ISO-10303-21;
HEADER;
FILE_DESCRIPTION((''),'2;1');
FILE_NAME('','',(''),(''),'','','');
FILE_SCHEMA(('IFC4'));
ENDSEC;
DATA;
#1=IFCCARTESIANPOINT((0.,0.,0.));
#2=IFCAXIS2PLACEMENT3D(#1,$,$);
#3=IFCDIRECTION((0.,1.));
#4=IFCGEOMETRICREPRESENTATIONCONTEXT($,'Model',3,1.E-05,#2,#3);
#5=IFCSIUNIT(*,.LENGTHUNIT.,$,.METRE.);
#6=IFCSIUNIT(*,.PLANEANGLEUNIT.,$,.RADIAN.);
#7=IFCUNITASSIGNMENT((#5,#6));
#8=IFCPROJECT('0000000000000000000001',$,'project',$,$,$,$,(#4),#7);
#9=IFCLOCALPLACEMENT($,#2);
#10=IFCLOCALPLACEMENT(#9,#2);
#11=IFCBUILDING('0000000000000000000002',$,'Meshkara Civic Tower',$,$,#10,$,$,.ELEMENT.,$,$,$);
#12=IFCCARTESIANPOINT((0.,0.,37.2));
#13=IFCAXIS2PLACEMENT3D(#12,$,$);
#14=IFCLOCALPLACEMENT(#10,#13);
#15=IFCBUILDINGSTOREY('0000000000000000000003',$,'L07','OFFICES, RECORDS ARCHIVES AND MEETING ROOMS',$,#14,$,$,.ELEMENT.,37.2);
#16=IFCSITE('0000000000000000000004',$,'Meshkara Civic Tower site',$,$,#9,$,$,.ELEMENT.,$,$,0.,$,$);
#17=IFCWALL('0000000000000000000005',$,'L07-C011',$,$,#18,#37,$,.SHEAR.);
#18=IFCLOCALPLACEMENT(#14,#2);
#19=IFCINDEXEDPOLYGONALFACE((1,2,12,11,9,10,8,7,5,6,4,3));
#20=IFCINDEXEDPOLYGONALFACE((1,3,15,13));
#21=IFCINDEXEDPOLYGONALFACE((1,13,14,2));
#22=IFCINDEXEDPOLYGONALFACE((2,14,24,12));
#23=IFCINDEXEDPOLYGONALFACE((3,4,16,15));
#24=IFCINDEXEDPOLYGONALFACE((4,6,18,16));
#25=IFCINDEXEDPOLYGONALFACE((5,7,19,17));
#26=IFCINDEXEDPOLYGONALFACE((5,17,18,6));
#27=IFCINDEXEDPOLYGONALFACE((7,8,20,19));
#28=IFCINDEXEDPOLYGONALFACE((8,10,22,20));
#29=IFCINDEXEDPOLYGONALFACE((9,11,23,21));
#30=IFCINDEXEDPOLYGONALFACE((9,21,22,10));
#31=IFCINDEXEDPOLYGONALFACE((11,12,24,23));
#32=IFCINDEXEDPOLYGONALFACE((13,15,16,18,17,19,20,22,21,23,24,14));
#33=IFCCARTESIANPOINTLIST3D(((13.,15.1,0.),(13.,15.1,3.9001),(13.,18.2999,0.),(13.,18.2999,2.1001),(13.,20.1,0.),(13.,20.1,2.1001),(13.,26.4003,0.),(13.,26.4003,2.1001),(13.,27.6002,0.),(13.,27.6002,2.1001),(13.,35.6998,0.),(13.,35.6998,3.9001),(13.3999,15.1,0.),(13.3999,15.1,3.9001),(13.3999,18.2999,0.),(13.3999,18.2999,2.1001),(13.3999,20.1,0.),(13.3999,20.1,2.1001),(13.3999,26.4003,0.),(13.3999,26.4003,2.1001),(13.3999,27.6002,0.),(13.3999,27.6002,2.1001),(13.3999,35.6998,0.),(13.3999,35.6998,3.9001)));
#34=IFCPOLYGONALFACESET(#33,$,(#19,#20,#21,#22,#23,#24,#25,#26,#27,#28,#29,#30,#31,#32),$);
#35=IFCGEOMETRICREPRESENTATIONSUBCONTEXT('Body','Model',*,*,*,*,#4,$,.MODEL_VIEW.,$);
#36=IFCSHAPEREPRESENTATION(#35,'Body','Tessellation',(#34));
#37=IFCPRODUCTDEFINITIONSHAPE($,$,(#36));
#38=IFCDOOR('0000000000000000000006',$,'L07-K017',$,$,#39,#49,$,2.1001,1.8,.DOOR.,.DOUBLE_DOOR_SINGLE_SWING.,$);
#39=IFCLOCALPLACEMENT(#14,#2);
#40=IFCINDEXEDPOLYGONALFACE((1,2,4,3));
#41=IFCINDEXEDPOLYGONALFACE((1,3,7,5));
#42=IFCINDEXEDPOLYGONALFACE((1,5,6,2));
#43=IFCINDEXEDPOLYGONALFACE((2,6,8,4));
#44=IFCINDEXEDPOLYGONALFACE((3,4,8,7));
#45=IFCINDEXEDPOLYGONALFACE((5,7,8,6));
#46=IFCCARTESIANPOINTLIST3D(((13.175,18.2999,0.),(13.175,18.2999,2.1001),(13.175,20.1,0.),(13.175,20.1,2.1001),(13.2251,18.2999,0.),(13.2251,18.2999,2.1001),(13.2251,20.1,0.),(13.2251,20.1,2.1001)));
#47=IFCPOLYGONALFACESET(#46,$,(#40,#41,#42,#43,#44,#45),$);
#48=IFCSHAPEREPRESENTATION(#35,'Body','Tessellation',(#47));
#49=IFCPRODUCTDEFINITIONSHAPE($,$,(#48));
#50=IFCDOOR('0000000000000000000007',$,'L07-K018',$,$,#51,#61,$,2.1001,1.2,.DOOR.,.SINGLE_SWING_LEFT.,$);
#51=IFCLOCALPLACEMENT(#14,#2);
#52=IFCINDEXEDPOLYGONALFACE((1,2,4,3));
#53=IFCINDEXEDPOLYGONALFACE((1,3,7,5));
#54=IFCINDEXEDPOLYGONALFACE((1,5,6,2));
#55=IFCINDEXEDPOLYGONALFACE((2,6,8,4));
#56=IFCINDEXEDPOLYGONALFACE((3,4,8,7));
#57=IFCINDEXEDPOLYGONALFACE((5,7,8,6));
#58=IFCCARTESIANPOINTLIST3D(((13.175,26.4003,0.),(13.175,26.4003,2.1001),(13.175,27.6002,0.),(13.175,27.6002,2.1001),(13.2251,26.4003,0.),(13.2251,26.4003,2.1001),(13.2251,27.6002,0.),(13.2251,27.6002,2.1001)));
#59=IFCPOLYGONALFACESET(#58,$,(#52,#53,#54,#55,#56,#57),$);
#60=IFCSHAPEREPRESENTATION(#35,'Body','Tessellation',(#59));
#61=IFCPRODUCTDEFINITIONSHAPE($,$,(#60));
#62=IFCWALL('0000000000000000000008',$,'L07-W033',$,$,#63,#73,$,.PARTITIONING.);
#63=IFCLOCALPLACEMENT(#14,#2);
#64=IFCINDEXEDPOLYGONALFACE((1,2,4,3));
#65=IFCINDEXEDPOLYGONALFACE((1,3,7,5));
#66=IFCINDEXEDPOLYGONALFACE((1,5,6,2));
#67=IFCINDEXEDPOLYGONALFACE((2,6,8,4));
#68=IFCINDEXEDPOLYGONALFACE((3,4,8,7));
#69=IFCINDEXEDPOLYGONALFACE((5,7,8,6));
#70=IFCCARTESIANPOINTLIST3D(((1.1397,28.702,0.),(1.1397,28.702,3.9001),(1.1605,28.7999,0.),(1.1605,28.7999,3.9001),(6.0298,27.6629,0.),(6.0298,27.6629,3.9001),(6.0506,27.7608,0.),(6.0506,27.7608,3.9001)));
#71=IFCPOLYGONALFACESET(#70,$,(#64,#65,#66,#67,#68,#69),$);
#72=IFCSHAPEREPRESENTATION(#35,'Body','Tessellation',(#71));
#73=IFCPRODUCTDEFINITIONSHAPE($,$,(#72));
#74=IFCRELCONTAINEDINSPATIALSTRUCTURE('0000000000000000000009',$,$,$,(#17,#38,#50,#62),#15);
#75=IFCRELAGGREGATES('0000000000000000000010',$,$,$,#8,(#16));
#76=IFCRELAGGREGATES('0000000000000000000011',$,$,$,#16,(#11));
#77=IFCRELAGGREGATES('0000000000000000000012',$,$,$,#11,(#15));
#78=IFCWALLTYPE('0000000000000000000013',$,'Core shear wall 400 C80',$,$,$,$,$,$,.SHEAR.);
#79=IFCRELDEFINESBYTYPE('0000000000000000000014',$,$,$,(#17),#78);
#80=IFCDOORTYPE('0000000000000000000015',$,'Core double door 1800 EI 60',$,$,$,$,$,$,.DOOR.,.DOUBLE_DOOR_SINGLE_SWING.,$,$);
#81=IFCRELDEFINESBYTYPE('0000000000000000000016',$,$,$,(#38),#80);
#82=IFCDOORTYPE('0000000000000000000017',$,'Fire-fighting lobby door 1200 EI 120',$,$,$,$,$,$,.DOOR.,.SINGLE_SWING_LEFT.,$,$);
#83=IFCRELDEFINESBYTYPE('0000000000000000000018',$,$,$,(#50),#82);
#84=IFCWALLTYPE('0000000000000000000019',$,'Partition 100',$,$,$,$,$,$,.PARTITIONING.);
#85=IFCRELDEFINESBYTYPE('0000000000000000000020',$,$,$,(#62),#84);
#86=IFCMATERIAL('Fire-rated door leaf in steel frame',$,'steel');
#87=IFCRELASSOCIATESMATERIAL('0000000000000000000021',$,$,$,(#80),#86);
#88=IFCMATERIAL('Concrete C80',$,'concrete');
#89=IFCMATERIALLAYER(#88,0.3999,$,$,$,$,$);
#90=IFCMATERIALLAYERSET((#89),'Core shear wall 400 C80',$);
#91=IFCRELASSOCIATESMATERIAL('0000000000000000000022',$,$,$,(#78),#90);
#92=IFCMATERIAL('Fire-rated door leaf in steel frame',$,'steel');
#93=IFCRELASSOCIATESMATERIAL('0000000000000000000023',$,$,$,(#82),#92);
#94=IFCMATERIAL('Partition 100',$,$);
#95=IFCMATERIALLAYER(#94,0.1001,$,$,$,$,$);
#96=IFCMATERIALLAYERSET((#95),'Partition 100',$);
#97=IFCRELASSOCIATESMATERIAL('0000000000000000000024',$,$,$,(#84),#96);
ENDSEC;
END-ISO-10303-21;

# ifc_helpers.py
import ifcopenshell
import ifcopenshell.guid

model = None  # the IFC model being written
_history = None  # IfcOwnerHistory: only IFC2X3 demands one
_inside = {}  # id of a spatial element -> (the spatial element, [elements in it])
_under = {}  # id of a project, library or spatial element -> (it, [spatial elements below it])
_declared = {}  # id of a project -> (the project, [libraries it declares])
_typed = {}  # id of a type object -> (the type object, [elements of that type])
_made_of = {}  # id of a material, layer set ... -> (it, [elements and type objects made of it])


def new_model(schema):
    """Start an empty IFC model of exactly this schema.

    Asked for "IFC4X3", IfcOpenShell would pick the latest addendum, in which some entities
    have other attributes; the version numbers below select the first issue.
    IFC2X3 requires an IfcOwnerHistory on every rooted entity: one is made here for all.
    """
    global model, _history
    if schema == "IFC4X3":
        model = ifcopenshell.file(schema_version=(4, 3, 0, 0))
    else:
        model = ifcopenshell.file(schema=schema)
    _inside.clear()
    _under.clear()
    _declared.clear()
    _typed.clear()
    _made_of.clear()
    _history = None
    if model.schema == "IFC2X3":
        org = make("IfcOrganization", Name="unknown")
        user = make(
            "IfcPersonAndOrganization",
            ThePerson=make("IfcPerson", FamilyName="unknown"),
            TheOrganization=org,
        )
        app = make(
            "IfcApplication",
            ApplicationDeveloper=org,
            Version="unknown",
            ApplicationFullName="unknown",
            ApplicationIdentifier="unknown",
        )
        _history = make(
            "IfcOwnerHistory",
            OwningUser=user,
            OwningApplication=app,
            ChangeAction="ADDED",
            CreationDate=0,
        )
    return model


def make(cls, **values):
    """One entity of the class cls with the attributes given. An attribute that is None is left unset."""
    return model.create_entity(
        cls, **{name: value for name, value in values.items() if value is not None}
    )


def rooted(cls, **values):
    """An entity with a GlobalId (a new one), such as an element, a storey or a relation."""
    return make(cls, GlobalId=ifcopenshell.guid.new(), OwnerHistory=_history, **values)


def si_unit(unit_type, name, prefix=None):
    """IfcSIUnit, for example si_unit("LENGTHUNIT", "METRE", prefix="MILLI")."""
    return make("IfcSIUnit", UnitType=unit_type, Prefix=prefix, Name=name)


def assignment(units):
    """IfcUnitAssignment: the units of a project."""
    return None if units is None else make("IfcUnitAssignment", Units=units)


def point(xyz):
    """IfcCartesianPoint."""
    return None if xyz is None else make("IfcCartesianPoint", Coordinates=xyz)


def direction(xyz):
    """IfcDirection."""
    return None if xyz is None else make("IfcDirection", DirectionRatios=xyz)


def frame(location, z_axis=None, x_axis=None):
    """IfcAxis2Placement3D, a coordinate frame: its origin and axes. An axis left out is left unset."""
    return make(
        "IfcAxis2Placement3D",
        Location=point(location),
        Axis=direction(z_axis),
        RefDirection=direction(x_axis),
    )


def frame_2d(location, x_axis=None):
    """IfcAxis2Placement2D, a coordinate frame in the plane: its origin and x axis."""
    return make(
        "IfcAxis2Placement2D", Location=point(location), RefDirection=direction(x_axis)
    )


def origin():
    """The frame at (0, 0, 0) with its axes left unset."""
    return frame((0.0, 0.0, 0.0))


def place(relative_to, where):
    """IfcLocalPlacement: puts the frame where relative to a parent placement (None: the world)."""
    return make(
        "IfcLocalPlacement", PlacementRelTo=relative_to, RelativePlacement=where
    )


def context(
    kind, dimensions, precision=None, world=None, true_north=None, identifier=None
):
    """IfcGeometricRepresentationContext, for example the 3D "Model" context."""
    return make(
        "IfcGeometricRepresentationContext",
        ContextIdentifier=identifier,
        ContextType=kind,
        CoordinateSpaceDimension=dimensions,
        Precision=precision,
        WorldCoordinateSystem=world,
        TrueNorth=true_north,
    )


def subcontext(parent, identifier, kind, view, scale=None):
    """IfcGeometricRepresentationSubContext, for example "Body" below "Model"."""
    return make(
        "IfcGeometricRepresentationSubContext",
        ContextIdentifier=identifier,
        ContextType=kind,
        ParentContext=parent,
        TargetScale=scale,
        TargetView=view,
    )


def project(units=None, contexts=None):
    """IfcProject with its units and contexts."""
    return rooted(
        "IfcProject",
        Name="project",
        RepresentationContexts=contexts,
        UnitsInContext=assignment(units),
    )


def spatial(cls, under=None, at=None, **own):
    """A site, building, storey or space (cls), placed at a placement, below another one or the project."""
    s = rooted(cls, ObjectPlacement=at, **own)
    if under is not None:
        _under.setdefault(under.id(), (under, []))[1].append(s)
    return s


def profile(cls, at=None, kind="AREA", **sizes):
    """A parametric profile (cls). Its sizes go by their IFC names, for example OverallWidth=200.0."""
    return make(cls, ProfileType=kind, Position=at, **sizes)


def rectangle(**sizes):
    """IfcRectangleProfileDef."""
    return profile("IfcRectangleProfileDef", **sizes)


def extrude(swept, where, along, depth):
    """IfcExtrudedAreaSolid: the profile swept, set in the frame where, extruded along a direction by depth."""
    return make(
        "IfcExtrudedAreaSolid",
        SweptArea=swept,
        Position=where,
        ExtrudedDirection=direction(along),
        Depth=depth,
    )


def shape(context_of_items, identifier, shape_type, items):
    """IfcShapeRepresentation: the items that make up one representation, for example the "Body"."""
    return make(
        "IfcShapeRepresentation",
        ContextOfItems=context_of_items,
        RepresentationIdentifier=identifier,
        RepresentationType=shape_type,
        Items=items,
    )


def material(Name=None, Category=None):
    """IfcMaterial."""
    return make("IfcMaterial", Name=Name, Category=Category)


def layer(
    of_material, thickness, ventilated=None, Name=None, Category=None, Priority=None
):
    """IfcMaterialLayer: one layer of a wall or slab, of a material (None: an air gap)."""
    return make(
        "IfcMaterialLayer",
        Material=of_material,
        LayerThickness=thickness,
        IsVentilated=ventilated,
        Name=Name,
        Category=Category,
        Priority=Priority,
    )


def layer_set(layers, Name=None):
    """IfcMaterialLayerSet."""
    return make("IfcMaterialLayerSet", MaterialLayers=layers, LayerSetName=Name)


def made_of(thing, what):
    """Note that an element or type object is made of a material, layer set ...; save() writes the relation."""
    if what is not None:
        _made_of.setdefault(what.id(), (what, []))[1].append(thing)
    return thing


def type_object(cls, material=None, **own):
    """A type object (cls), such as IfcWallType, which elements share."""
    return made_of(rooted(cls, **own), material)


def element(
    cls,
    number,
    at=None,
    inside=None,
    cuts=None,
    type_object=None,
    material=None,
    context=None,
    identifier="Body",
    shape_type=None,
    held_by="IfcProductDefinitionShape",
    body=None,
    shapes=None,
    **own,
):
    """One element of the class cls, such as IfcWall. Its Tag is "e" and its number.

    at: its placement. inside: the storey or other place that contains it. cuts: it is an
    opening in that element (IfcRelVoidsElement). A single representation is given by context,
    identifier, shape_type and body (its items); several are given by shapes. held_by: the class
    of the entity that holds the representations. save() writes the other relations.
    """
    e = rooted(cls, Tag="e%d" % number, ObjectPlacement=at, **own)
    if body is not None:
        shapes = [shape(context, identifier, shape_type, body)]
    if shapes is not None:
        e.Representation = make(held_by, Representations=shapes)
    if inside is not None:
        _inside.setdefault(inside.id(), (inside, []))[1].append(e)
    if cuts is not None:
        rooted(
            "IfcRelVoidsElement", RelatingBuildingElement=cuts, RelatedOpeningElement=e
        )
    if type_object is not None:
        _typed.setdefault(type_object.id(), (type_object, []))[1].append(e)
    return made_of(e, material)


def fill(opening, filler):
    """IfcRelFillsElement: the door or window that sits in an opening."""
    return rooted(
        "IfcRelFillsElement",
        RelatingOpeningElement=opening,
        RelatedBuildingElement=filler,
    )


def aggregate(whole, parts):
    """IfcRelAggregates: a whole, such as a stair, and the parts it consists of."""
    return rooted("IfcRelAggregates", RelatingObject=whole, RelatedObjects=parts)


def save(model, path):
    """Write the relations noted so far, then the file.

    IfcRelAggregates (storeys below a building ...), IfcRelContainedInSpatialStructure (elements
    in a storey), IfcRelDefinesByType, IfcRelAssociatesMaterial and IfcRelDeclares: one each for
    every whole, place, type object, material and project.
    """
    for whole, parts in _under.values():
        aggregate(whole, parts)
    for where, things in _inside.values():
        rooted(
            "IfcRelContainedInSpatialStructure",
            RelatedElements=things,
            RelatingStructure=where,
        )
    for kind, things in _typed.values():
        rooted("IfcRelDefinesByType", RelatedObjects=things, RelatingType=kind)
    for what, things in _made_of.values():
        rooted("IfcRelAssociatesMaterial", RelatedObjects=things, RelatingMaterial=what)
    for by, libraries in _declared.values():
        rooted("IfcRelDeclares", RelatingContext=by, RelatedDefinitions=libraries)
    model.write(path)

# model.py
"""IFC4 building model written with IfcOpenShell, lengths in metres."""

from ifc_helpers import new_model, si_unit, direction, frame, frame_2d, origin, place, context, subcontext, project, spatial, rectangle, extrude, material, layer, layer_set, type_object, element, fill, save


model = new_model("IFC4")

# Units and contexts
model_context = context("Model", 3, precision=1e-05, world=origin(), true_north=direction((0.0, 1.0)))
body_context = subcontext(model_context, "Body", "Model", "MODEL_VIEW")
ifc_project = project(units=[si_unit("LENGTHUNIT", "METRE"), si_unit("PLANEANGLEUNIT", "RADIAN")], contexts=[model_context])

# Site, building, storey
site_placement = place(None, origin())
site = spatial("IfcSite", under=ifc_project, at=site_placement, Name="Meshkara Civic Tower site", CompositionType="ELEMENT", RefElevation=0.0)
building_placement = place(site_placement, origin())
building = spatial("IfcBuilding", under=site, at=building_placement, Name="Meshkara Civic Tower", CompositionType="ELEMENT")
storey_placement = place(building_placement, frame((0.0, 0.0, 37.2)))
storey = spatial("IfcBuildingStorey", under=building, at=storey_placement, Name="L07", Description="OFFICES, RECORDS ARCHIVES AND MEETING ROOMS", CompositionType="ELEMENT", Elevation=37.2)

# Shared definitions
ifc_material_1 = material(Name="Fire-rated door leaf in steel frame", Category="steel")
door_type_1 = type_object("IfcDoorType", Name="Core double door 1800 EI 60", OperationType="DOUBLE_DOOR_SINGLE_SWING", PredefinedType="DOOR", material=ifc_material_1)

# Shared definitions
ifc_material_2 = material(Name="Concrete C80", Category="concrete")
ifc_layer_1 = layer(ifc_material_2, 0.3999)
ifc_layer_set_1 = layer_set([ifc_layer_1], Name="Core shear wall 400 C80")
wall_type_1 = type_object("IfcWallType", Name="Core shear wall 400 C80", PredefinedType="SHEAR", material=ifc_layer_set_1)

# Wall, openings, doors
wall_1_placement = place(storey_placement, frame((13.2, 15.1001, 0.0), z_axis=(0.0, 0.0, 1.0), x_axis=(0.0, 1.0, 0.0)))
wall_1 = element("IfcWall", 1, at=wall_1_placement, inside=storey, type_object=wall_type_1, Name="L07-C011", PredefinedType="SHEAR", context=body_context, shape_type="SweptSolid", body=[
    extrude(rectangle(XDim=20.5999, YDim=0.3999, at=frame_2d((10.2998, 0.0))), origin(), (0.0, 0.0, 1.0), 3.9001),
])
opening_1_placement = place(wall_1_placement, frame((3.2, 0.0, 0.0)))
opening_1 = element("IfcOpeningElement", 2, at=opening_1_placement, cuts=wall_1, PredefinedType="OPENING", context=body_context, shape_type="SweptSolid", body=[
    extrude(rectangle(XDim=1.8, YDim=2.1001, at=frame_2d((0.8999, 1.05))), frame((0.0, 0.21, 0.0), z_axis=(0.0, -1.0, 0.0), x_axis=(1.0, 0.0, 0.0)), (0.0, 0.0, 1.0), 0.4199),
])
opening_2_placement = place(wall_1_placement, frame((11.3, 0.0, 0.0)))
opening_2 = element("IfcOpeningElement", 3, at=opening_2_placement, cuts=wall_1, PredefinedType="OPENING", context=body_context, shape_type="SweptSolid", body=[
    extrude(rectangle(XDim=1.2, YDim=2.1001, at=frame_2d((0.6001, 1.05))), frame((0.0, 0.21, 0.0), z_axis=(0.0, -1.0, 0.0), x_axis=(1.0, 0.0, 0.0)), (0.0, 0.0, 1.0), 0.4199),
])
door_1_placement = place(opening_1_placement, origin())
door_1 = element("IfcDoor", 4, at=door_1_placement, inside=storey, type_object=door_type_1, Name="L07-K017", OperationType="DOUBLE_DOOR_SINGLE_SWING", OverallHeight=2.1001, OverallWidth=1.8, PredefinedType="DOOR", context=body_context, shape_type="SweptSolid", body=[
    extrude(rectangle(XDim=1.8, YDim=2.1001, at=frame_2d((0.8999, 1.05))), frame((0.0, 0.0249, 0.0), z_axis=(0.0, -1.0, 0.0), x_axis=(1.0, 0.0, 0.0)), (0.0, 0.0, 1.0), 0.05),
])
fill(opening_1, door_1)
ifc_material_3 = material(Name="Fire-rated door leaf in steel frame", Category="steel")
door_type_2 = type_object("IfcDoorType", Name="Fire-fighting lobby door 1200 EI 120", OperationType="SINGLE_SWING_LEFT", PredefinedType="DOOR", material=ifc_material_3)
door_2_placement = place(opening_2_placement, origin())
door_2 = element("IfcDoor", 5, at=door_2_placement, inside=storey, type_object=door_type_2, Name="L07-K018", OperationType="SINGLE_SWING_LEFT", OverallHeight=2.1001, OverallWidth=1.2, PredefinedType="DOOR", context=body_context, shape_type="SweptSolid", body=[
    extrude(rectangle(XDim=1.2, YDim=2.1001, at=frame_2d((0.6001, 1.05))), frame((0.0, 0.0249, 0.0), z_axis=(0.0, -1.0, 0.0), x_axis=(1.0, 0.0, 0.0)), (0.0, 0.0, 1.0), 0.05),
])
fill(opening_2, door_2)

# Wall
ifc_material_4 = material(Name="Partition 100")
ifc_layer_2 = layer(ifc_material_4, 0.1001)
ifc_layer_set_2 = layer_set([ifc_layer_2], Name="Partition 100")
wall_type_2 = type_object("IfcWallType", Name="Partition 100", PredefinedType="PARTITIONING", material=ifc_layer_set_2)
wall_2_placement = place(storey_placement, frame((6.04, 27.7119, 0.0), z_axis=(0.0, 0.0, 1.0), x_axis=(-0.978163, 0.207841, 0.0)))
element("IfcWall", 6, at=wall_2_placement, inside=storey, type_object=wall_type_2, Name="L07-W033", PredefinedType="PARTITIONING", context=body_context, shape_type="SweptSolid", body=[
    extrude(rectangle(XDim=4.9993, YDim=0.1001, at=frame_2d((2.4995, 0.0))), origin(), (0.0, 0.0, 1.0), 3.9001),
])

save(model, "model.ifc")
